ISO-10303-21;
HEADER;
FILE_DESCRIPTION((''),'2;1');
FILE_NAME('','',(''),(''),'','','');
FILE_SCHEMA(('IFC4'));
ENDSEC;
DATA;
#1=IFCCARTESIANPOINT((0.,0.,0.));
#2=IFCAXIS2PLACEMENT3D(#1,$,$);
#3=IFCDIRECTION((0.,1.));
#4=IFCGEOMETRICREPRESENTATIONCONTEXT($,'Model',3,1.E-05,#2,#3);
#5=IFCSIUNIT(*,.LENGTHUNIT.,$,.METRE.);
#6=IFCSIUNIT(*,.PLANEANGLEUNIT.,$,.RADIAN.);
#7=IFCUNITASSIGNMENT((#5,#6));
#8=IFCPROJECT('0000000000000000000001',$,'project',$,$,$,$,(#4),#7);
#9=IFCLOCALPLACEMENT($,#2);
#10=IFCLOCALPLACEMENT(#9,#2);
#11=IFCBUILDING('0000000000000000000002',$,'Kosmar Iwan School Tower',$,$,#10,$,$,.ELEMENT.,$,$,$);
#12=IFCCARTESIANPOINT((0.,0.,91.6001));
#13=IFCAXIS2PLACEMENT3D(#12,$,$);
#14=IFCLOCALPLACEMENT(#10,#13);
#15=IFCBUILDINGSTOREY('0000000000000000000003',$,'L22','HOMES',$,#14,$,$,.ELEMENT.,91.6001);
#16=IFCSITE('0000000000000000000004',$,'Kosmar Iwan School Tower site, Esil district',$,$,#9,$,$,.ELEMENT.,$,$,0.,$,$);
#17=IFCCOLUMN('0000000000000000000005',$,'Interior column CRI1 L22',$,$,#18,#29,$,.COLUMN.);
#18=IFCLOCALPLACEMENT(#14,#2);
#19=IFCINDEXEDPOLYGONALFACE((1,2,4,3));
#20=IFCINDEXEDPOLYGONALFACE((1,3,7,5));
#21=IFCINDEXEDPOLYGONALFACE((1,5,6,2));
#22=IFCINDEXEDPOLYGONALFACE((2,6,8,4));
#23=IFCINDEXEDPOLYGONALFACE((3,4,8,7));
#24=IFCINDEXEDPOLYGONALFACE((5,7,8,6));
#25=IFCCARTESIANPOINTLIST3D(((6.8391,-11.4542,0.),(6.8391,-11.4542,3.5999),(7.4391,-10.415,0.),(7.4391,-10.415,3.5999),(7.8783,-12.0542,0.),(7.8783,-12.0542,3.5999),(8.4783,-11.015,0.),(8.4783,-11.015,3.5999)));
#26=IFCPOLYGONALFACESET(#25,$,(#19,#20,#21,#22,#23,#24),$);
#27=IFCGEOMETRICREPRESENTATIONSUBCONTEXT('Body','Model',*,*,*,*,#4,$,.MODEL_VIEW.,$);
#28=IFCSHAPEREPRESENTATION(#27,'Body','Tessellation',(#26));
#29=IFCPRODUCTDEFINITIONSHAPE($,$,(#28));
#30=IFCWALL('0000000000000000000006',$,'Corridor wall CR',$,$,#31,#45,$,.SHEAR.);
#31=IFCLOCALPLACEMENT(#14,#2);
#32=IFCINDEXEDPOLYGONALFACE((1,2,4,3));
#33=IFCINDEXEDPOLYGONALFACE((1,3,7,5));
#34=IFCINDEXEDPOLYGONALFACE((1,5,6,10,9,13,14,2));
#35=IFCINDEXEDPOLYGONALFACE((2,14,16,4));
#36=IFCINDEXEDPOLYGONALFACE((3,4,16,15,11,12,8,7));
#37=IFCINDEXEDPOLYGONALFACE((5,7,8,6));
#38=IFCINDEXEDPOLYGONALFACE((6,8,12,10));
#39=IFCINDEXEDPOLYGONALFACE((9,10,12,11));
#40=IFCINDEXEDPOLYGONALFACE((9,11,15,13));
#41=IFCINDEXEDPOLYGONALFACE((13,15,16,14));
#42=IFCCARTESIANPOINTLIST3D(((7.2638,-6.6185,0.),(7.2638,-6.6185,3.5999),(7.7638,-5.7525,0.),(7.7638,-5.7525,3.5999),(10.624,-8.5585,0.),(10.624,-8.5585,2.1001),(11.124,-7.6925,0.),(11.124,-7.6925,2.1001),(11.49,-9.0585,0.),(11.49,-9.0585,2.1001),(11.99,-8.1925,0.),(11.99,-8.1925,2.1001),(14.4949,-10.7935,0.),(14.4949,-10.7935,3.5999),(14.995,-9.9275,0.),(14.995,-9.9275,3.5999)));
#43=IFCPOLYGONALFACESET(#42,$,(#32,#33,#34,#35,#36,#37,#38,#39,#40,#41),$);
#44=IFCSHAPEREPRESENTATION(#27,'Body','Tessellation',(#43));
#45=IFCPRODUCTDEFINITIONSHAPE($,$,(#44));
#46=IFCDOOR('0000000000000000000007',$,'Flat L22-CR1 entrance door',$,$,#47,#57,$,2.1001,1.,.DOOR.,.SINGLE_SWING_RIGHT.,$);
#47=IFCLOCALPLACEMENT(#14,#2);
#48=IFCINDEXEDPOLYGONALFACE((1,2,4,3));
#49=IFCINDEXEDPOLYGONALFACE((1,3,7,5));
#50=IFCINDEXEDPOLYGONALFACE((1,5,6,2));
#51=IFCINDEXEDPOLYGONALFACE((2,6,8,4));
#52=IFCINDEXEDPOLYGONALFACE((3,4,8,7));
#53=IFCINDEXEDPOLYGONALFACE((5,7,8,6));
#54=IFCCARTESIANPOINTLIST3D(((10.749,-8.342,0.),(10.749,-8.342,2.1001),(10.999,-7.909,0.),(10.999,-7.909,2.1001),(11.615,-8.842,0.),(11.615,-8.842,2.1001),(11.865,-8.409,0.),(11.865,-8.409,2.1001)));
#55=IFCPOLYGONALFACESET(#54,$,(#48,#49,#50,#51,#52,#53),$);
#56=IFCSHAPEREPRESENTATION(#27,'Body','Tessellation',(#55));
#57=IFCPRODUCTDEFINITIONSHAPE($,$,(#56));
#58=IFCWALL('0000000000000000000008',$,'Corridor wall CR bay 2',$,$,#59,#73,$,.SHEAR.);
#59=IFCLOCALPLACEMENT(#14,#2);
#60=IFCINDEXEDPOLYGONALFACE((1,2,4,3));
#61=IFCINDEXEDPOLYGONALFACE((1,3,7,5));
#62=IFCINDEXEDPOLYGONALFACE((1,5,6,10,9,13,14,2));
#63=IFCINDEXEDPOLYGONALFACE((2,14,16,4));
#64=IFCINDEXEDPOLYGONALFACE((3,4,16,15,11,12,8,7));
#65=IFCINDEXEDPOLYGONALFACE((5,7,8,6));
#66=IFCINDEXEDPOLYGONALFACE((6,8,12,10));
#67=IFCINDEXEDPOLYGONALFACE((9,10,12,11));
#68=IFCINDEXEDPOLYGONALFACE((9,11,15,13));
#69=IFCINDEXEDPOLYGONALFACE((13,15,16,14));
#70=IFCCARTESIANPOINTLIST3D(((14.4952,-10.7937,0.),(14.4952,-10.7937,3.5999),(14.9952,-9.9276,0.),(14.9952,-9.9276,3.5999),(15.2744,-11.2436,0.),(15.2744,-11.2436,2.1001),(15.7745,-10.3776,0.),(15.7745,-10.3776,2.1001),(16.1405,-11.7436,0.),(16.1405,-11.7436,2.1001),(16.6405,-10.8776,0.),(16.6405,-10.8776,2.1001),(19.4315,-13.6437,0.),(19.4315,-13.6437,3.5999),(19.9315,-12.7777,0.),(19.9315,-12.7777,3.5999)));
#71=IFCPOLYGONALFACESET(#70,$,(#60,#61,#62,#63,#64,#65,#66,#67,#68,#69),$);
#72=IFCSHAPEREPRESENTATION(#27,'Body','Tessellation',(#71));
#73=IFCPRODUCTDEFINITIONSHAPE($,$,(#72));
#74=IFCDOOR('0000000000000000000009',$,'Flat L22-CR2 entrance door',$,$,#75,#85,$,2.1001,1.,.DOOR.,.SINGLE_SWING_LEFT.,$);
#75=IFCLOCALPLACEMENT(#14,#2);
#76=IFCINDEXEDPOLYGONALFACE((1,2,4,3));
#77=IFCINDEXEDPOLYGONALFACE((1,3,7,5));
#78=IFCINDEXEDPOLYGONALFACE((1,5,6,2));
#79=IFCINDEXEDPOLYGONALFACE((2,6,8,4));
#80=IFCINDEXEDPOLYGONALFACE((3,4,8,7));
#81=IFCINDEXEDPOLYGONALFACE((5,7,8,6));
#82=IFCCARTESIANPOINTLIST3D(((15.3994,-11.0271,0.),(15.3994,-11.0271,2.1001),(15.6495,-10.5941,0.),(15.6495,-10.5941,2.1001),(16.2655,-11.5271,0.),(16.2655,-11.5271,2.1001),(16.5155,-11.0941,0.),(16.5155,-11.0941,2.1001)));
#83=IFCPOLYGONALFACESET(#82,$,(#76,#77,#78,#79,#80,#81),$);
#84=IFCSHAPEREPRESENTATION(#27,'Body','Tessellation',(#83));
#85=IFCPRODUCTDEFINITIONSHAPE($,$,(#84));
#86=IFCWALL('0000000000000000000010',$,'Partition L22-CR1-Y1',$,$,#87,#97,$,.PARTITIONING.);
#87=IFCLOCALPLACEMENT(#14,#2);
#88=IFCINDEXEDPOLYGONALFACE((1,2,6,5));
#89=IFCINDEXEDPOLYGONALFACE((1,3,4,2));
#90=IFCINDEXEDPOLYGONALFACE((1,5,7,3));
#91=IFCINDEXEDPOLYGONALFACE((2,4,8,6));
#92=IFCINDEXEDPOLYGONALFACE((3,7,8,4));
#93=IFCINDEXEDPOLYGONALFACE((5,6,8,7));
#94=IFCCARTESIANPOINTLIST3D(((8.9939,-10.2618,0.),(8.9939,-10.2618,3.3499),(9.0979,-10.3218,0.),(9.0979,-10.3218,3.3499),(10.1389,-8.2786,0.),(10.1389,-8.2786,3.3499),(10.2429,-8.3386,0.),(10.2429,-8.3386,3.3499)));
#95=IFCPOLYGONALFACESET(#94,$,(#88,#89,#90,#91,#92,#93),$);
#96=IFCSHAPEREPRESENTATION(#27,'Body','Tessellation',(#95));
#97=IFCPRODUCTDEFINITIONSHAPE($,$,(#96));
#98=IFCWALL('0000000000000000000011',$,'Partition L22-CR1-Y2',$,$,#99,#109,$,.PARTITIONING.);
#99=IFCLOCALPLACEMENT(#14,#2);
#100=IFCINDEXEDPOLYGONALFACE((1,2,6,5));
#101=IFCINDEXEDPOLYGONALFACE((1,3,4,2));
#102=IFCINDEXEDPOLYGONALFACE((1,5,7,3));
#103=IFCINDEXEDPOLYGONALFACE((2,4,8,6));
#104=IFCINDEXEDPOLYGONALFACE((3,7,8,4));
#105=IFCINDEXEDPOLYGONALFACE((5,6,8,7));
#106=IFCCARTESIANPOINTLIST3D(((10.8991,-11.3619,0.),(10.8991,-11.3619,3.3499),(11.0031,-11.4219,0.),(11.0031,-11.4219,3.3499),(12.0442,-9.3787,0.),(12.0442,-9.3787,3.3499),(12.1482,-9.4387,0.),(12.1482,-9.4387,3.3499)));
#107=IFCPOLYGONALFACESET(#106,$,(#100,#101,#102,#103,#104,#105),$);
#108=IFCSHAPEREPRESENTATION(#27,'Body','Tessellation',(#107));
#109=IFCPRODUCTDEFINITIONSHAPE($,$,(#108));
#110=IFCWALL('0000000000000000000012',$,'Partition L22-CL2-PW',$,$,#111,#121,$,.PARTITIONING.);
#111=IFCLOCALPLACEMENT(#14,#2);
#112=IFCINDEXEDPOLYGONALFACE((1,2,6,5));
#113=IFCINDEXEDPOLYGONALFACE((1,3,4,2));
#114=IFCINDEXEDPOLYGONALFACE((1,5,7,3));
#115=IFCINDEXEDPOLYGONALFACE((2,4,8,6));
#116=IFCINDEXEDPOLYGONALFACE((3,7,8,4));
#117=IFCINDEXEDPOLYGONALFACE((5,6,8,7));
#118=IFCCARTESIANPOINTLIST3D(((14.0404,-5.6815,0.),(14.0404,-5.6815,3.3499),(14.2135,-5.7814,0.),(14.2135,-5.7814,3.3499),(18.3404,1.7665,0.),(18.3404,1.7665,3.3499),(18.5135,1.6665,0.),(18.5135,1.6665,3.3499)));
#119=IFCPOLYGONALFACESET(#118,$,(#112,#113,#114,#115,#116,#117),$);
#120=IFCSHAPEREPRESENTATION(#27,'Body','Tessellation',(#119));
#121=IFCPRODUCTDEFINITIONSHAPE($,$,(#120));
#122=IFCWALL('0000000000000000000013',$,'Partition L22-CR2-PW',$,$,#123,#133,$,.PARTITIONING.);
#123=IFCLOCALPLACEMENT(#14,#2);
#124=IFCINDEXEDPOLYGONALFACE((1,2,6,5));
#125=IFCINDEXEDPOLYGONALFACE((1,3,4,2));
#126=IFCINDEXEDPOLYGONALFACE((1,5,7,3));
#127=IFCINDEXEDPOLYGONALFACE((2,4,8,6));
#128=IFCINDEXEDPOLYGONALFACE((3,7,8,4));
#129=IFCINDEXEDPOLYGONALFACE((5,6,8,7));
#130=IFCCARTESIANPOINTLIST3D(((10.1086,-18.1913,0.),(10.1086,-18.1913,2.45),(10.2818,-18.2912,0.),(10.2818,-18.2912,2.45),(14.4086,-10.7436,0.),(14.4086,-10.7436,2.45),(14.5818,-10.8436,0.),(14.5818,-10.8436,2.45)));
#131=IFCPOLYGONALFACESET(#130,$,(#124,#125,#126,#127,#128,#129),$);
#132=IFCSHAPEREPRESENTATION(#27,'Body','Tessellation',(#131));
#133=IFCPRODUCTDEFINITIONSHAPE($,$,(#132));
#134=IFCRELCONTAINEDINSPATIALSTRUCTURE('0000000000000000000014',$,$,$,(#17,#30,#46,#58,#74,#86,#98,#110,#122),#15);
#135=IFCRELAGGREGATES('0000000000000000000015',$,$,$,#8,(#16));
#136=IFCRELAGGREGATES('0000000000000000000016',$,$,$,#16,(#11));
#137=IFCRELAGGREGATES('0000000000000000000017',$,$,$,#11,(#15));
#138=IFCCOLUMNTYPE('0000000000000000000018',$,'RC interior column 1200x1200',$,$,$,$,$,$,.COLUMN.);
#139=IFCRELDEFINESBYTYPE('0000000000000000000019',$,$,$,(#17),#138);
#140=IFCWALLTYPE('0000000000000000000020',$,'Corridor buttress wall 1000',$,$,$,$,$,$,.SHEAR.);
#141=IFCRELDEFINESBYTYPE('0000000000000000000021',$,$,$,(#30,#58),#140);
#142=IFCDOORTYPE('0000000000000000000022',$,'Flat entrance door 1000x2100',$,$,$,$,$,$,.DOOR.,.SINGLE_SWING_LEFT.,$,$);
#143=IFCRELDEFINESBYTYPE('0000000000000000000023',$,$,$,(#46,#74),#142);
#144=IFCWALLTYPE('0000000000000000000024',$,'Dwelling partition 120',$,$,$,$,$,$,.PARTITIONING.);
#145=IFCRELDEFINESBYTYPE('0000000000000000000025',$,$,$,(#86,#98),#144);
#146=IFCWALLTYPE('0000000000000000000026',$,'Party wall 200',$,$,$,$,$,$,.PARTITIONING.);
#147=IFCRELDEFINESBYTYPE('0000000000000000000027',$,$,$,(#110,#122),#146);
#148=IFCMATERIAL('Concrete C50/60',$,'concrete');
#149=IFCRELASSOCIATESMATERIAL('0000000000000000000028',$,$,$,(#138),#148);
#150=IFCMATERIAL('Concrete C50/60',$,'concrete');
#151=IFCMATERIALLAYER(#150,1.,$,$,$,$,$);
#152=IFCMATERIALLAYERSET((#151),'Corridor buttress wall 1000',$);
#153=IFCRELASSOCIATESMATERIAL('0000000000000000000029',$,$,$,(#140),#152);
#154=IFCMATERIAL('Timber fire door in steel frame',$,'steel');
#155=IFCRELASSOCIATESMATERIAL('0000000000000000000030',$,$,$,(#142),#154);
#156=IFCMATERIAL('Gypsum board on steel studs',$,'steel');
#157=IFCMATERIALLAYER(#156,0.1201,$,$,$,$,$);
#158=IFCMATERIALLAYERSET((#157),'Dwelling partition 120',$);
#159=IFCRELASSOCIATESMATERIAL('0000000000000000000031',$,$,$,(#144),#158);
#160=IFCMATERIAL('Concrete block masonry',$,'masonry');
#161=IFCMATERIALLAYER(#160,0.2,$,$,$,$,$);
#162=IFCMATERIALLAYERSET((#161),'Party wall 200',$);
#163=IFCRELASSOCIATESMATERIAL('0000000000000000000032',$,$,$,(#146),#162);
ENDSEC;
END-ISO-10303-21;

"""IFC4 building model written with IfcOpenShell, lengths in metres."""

from ifc_helpers import new_model, si_unit, direction, frame, frame_2d, origin, origin_2d, place, context, subcontext, project, spatial, rectangle, extrude, material, layer, layer_set, material_profile, profile_set, type_object, element, fill, save


model = new_model("IFC4")

# Units and contexts
model_context = context("Model", 3, precision=1e-05, world=origin(), true_north=direction((0.0, 1.0)))
body_context = subcontext(model_context, "Body", "Model", "MODEL_VIEW")
ifc_project = project(units=[si_unit("LENGTHUNIT", "METRE"), si_unit("PLANEANGLEUNIT", "RADIAN")], contexts=[model_context])

# Site, building, storey
site_placement = place(None, origin())
site = spatial("IfcSite", under=ifc_project, at=site_placement, Name="Kosmar Iwan School Tower site, Esil district", CompositionType="ELEMENT", RefElevation=0.0)
building_placement = place(site_placement, origin())
building = spatial("IfcBuilding", under=site, at=building_placement, Name="Kosmar Iwan School Tower", CompositionType="ELEMENT")
storey_placement = place(building_placement, frame((0.0, 0.0, 91.6001)))
storey = spatial("IfcBuildingStorey", under=building, at=storey_placement, Name="L22", Description="HOMES", CompositionType="ELEMENT", Elevation=91.6001)

# Column
ifc_material_1 = material(Name="Concrete C50/60", Category="concrete")
ifc_material_profile = material_profile(ifc_material_1, rectangle(XDim=1.2, YDim=1.2, at=origin_2d()), Name="RC 1200x1200")
ifc_profile_set = profile_set([ifc_material_profile], Name="Concrete C50/60")
column_type = type_object("IfcColumnType", Name="RC interior column 1200x1200", PredefinedType="COLUMN", material=ifc_profile_set)
column_placement = place(storey_placement, frame((7.6587, -11.2346, 0.0), z_axis=(0.0, 0.0, 1.0), x_axis=(0.866025, -0.5, 0.0)))
element("IfcColumn", 1, at=column_placement, inside=storey, type_object=column_type, Name="Interior column CRI1 L22", PredefinedType="COLUMN", context=body_context, shape_type="SweptSolid", body=[
    extrude(rectangle(XDim=1.2, YDim=1.2, at=origin_2d()), origin(), (0.0, 0.0, 1.0), 3.5999),
])

# Walls, openings, doors
ifc_material_2 = material(Name="Concrete C50/60", Category="concrete")
ifc_layer_1 = layer(ifc_material_2, 1.0)
ifc_layer_set_1 = layer_set([ifc_layer_1], Name="Corridor buttress wall 1000")
wall_type_1 = type_object("IfcWallType", Name="Corridor buttress wall 1000", PredefinedType="SHEAR", material=ifc_layer_set_1)
wall_1_placement = place(storey_placement, frame((7.5139, -6.1855, 0.0), z_axis=(0.0, 0.0, 1.0), x_axis=(0.86602, -0.50001, 0.0)))
wall_1 = element("IfcWall", 2, at=wall_1_placement, inside=storey, type_object=wall_type_1, Name="Corridor wall CR", PredefinedType="SHEAR", context=body_context, shape_type="SweptSolid", body=[
    extrude(rectangle(XDim=8.3499, YDim=1.0, at=frame_2d((4.1748, 0.0))), origin(), (0.0, 0.0, 1.0), 3.5999),
])
opening_1_placement = place(wall_1_placement, frame((3.8799, 0.0, 0.0)))
opening_1 = element("IfcOpeningElement", 3, at=opening_1_placement, cuts=wall_1, PredefinedType="OPENING", context=body_context, shape_type="SweptSolid", body=[
    extrude(rectangle(XDim=1.0, YDim=2.1001, at=frame_2d((0.5, 1.05))), frame((0.0, 0.512, 0.0), z_axis=(0.0, -1.0, 0.0), x_axis=(1.0, 0.0, 0.0)), (0.0, 0.0, 1.0), 1.0239),
])
ifc_material_3 = material(Name="Timber fire door in steel frame", Category="steel")
door_type = type_object("IfcDoorType", Name="Flat entrance door 1000x2100", OperationType="SINGLE_SWING_LEFT", PredefinedType="DOOR", material=ifc_material_3)
door_1_placement = place(opening_1_placement, origin())
door_1 = element("IfcDoor", 4, at=door_1_placement, inside=storey, type_object=door_type, Name="Flat L22-CR1 entrance door", OperationType="SINGLE_SWING_RIGHT", OverallHeight=2.1001, OverallWidth=1.0, PredefinedType="DOOR", context=body_context, shape_type="SweptSolid", body=[
    extrude(rectangle(XDim=1.0, YDim=2.1001, at=frame_2d((0.5, 1.05))), frame((0.0, 0.25, 0.0), z_axis=(0.0, -1.0, 0.0), x_axis=(1.0, 0.0, 0.0)), (0.0, 0.0, 1.0), 0.5),
])
fill(opening_1, door_1)
wall_2_placement = place(storey_placement, frame((14.7451, -10.3606, 0.0), z_axis=(0.0, 0.0, 1.0), x_axis=(0.866015, -0.500018, 0.0)))
wall_2 = element("IfcWall", 5, at=wall_2_placement, inside=storey, type_object=wall_type_1, Name="Corridor wall CR bay 2", PredefinedType="SHEAR", context=body_context, shape_type="SweptSolid", body=[
    extrude(rectangle(XDim=5.7, YDim=1.0, at=frame_2d((2.8501, 0.0))), origin(), (0.0, 0.0, 1.0), 3.5999),
])
opening_2_placement = place(wall_2_placement, frame((0.8999, 0.0, 0.0)))
opening_2 = element("IfcOpeningElement", 6, at=opening_2_placement, cuts=wall_2, PredefinedType="OPENING", context=body_context, shape_type="SweptSolid", body=[
    extrude(rectangle(XDim=1.0, YDim=2.1001, at=frame_2d((0.5, 1.05))), frame((0.0, 0.512, 0.0), z_axis=(0.0, -1.0, 0.0), x_axis=(1.0, 0.0, 0.0)), (0.0, 0.0, 1.0), 1.0239),
])
door_2_placement = place(opening_2_placement, origin())
door_2 = element("IfcDoor", 7, at=door_2_placement, inside=storey, type_object=door_type, Name="Flat L22-CR2 entrance door", OperationType="SINGLE_SWING_LEFT", OverallHeight=2.1001, OverallWidth=1.0, PredefinedType="DOOR", context=body_context, shape_type="SweptSolid", body=[
    extrude(rectangle(XDim=1.0, YDim=2.1001, at=frame_2d((0.5, 1.05))), frame((0.0, 0.25, 0.0), z_axis=(0.0, -1.0, 0.0), x_axis=(1.0, 0.0, 0.0)), (0.0, 0.0, 1.0), 0.5),
])
fill(opening_2, door_2)

# Walls
ifc_material_4 = material(Name="Gypsum board on steel studs", Category="steel")
ifc_layer_2 = layer(ifc_material_4, 0.1201)
ifc_layer_set_2 = layer_set([ifc_layer_2], Name="Dwelling partition 120")
wall_type_2 = type_object("IfcWallType", Name="Dwelling partition 120", PredefinedType="PARTITIONING", material=ifc_layer_set_2)
for number, where, z_axis, x_axis, name in (
    (8, (10.1909, -8.3086, 0.0), (0.0, 0.0, 1.0), (-0.500015, -0.866017, 0.0), "Partition L22-CR1-Y1"),
    (9, (12.0962, -9.4087, 0.0), (0.0, 0.0, 1.0), (-0.500015, -0.866017, 0.0), "Partition L22-CR1-Y2"),
):
    element("IfcWall", number, at=place(storey_placement, frame(where, z_axis=z_axis, x_axis=x_axis)), inside=storey, type_object=wall_type_2, Name=name, PredefinedType="PARTITIONING", context=body_context, shape_type="SweptSolid", body=[
        extrude(rectangle(XDim=2.29, YDim=0.1201, at=frame_2d((1.145, 0.0))), origin(), (0.0, 0.0, 1.0), 3.3499),
    ])
ifc_material_5 = material(Name="Concrete block masonry", Category="masonry")
ifc_layer_3 = layer(ifc_material_5, 0.2)
ifc_layer_set_3 = layer_set([ifc_layer_3], Name="Party wall 200")
wall_type_3 = type_object("IfcWallType", Name="Party wall 200", PredefinedType="PARTITIONING", material=ifc_layer_set_3)
wall_3_placement = place(storey_placement, frame((14.127, -5.7314, 0.0), z_axis=(0.0, 0.0, 1.0), x_axis=(0.499995, 0.866028, 0.0)))
element("IfcWall", 10, at=wall_3_placement, inside=storey, type_object=wall_type_3, Name="Partition L22-CL2-PW", PredefinedType="PARTITIONING", context=body_context, shape_type="SweptSolid", body=[
    extrude(rectangle(XDim=8.6001, YDim=0.2, at=frame_2d((4.3, 0.0))), origin(), (0.0, 0.0, 1.0), 3.3499),
])
wall_4_placement = place(storey_placement, frame((14.4951, -10.7937, 0.0), z_axis=(0.0, 0.0, 1.0), x_axis=(-0.500008, -0.866021, 0.0)))
element("IfcWall", 11, at=wall_4_placement, inside=storey, type_object=wall_type_3, Name="Partition L22-CR2-PW", PredefinedType="PARTITIONING", context=body_context, shape_type="SweptSolid", body=[
    extrude(rectangle(XDim=8.5999, YDim=0.2, at=frame_2d((4.2998, 0.0))), origin(), (0.0, 0.0, 1.0), 2.45),
])

save(model, "model.ifc")
